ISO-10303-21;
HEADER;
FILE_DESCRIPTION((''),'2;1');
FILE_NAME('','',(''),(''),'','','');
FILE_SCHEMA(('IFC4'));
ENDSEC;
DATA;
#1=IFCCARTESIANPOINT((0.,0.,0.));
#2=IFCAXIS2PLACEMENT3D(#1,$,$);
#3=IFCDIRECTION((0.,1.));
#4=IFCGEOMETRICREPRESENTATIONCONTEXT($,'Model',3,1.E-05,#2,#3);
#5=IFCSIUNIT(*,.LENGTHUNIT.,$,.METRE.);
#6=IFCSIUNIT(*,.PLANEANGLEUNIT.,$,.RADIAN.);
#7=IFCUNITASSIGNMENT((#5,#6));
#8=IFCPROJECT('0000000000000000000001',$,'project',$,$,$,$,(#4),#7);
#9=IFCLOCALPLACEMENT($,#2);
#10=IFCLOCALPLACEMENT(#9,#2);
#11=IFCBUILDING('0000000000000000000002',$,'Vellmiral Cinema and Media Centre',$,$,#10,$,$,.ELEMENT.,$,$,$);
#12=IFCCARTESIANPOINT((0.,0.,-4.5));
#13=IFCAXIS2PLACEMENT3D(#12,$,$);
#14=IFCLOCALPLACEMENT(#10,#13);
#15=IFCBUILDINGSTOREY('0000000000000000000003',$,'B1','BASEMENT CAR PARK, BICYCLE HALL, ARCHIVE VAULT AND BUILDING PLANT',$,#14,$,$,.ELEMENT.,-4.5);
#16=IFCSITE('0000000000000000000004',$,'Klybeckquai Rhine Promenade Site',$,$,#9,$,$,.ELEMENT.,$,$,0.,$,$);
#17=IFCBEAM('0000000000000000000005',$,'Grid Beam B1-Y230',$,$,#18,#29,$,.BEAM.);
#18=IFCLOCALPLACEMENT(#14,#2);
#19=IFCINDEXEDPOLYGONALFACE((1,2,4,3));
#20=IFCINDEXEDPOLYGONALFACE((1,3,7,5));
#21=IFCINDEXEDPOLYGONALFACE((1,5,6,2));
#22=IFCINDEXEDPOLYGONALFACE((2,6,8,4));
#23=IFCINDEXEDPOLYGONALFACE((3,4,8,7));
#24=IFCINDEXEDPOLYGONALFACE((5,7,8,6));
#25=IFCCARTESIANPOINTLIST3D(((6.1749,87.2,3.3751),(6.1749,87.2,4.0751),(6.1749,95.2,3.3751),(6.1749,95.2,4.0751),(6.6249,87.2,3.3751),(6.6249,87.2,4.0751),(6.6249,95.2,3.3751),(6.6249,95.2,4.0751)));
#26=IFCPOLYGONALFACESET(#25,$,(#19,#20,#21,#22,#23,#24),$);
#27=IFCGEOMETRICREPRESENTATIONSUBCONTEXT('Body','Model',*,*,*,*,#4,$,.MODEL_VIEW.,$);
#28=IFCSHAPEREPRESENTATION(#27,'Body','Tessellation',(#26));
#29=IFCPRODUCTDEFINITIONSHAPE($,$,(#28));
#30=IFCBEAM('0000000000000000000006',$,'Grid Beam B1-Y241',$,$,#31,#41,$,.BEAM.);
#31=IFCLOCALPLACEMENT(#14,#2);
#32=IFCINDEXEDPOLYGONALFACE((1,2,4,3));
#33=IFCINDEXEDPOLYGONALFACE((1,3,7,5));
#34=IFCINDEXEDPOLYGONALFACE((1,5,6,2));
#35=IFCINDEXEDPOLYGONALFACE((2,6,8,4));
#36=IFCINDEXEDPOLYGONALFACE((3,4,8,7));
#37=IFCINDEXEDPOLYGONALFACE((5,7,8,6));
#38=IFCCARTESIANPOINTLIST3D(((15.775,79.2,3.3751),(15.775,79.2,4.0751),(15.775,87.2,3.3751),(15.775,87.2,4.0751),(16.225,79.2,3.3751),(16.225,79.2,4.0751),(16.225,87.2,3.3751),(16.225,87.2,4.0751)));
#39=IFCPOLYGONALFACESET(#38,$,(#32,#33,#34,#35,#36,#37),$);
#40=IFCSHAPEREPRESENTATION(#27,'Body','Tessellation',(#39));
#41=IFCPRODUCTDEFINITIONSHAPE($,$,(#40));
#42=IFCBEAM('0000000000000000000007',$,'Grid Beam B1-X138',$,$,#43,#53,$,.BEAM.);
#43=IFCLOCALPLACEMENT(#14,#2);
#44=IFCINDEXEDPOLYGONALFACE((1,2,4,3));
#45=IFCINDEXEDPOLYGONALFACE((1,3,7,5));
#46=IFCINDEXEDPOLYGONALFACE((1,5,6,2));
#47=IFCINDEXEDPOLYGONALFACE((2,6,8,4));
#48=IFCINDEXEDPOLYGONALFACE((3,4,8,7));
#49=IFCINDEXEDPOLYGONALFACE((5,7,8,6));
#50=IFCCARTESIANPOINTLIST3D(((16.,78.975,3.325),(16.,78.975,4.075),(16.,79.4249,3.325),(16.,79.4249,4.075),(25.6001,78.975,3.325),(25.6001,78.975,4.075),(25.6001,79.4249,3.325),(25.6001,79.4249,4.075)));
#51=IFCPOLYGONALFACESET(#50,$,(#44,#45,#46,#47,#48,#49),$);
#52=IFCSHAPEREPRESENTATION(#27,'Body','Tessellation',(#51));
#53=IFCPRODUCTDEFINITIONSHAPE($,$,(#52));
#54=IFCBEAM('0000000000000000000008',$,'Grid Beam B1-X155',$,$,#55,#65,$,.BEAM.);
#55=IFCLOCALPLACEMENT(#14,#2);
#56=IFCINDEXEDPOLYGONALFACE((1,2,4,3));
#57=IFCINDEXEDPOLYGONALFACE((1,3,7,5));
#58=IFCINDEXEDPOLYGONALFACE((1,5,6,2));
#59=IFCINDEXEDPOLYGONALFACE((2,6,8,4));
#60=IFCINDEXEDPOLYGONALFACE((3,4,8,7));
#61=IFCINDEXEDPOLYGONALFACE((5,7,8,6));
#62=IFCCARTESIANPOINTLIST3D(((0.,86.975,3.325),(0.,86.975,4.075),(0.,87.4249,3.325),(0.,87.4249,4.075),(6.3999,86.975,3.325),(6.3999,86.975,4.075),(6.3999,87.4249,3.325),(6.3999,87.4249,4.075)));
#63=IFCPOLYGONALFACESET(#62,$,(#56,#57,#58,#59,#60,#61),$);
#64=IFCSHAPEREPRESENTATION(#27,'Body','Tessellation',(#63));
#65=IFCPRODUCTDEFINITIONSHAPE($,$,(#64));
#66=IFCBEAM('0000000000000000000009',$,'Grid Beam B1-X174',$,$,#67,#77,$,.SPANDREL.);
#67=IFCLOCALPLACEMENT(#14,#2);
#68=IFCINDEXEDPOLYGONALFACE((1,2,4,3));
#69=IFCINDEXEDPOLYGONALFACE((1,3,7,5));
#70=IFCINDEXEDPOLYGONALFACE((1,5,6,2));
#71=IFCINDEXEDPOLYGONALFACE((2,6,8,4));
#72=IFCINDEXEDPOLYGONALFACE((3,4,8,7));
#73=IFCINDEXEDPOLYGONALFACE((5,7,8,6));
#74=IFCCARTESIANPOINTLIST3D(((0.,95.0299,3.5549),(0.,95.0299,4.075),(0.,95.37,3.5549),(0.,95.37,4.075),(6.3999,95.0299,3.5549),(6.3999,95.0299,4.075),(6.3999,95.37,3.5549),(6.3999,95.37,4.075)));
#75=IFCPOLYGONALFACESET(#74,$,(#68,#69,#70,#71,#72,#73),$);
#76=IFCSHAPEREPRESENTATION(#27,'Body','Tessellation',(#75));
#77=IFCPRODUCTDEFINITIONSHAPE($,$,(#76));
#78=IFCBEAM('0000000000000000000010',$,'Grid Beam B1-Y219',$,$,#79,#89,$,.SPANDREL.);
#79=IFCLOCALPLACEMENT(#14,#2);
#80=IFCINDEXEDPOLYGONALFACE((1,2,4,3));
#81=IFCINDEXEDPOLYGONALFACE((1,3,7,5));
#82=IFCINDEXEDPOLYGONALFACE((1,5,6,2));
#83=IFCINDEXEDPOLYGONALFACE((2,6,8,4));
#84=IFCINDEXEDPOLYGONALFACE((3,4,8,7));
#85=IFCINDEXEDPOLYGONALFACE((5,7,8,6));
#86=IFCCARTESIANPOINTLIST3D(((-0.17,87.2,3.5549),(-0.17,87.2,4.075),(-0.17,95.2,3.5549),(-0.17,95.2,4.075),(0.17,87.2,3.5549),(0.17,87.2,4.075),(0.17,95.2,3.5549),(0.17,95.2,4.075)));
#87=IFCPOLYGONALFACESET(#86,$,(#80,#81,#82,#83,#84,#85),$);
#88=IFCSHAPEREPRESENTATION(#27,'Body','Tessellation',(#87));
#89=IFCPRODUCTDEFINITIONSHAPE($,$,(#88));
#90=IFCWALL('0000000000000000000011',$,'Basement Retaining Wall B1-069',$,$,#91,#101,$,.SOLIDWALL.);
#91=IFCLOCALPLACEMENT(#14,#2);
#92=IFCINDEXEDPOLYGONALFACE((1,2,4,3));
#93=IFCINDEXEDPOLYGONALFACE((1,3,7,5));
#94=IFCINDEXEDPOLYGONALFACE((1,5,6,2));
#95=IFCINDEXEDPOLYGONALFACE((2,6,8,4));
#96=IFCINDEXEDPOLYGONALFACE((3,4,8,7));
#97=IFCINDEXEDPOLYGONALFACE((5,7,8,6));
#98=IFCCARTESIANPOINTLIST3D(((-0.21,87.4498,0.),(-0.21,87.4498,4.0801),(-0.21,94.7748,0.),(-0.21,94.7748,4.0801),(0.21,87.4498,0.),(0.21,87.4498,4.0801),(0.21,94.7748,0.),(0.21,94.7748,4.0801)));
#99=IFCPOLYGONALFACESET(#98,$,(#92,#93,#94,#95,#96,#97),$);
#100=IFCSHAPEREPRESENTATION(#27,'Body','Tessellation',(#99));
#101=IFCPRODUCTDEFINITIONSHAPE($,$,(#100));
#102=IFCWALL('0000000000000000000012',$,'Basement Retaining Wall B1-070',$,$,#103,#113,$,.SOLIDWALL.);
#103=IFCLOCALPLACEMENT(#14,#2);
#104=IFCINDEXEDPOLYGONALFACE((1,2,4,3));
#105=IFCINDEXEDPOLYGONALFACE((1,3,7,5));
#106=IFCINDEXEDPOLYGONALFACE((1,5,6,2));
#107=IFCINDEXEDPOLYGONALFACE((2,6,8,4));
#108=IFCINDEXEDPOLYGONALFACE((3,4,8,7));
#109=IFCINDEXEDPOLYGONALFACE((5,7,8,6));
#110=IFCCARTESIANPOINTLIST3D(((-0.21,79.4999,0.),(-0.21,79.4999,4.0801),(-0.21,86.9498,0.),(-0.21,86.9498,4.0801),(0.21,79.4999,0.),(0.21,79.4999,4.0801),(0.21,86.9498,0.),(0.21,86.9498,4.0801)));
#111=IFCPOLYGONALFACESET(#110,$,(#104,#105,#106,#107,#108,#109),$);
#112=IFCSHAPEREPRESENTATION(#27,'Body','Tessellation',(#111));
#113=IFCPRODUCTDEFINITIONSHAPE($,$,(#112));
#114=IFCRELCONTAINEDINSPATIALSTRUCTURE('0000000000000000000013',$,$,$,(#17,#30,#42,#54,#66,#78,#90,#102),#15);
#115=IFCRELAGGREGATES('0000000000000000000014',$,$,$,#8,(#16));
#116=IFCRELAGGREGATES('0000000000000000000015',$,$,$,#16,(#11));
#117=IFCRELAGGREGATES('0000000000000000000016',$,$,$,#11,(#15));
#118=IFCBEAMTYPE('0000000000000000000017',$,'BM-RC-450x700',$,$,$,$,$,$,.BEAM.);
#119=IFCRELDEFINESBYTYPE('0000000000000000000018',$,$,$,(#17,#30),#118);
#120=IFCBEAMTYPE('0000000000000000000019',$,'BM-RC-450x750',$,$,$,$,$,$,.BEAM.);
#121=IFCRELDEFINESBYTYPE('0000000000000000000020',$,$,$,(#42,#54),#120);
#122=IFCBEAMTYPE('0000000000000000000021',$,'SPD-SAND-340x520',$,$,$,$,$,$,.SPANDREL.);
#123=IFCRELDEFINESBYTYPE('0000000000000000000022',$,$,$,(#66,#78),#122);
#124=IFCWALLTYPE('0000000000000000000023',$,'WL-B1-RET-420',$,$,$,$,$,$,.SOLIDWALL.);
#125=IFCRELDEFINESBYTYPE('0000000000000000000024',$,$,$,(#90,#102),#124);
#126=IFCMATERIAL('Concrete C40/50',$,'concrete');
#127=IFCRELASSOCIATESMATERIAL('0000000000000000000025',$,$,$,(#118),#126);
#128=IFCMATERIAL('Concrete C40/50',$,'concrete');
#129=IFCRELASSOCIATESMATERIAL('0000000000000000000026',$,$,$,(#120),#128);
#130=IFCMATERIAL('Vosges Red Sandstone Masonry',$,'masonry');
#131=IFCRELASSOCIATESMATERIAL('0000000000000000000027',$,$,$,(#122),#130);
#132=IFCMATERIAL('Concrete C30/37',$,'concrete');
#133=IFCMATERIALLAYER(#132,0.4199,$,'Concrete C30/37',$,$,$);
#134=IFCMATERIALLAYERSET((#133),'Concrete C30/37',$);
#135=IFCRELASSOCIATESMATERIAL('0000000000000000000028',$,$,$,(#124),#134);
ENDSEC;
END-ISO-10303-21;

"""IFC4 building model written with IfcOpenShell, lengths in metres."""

from ifc_helpers import new_model, si_unit, direction, frame, frame_2d, origin, origin_2d, place, context, subcontext, project, spatial, rectangle, extrude, material, layer, layer_set, material_profile, profile_set, type_object, element, save


model = new_model("IFC4")

# Units and contexts
model_context = context("Model", 3, precision=1e-05, world=origin(), true_north=direction((0.0, 1.0)))
body_context = subcontext(model_context, "Body", "Model", "MODEL_VIEW")
ifc_project = project(units=[si_unit("LENGTHUNIT", "METRE"), si_unit("PLANEANGLEUNIT", "RADIAN")], contexts=[model_context])

# Site, building, storey
site_placement = place(None, origin())
site = spatial("IfcSite", under=ifc_project, at=site_placement, Name="Klybeckquai Rhine Promenade Site", CompositionType="ELEMENT", RefElevation=0.0)
building_placement = place(site_placement, origin())
building = spatial("IfcBuilding", under=site, at=building_placement, Name="Vellmiral Cinema and Media Centre", CompositionType="ELEMENT")
storey_placement = place(building_placement, frame((0.0, 0.0, -4.5)))
storey = spatial("IfcBuildingStorey", under=building, at=storey_placement, Name="B1", Description="BASEMENT CAR PARK, BICYCLE HALL, ARCHIVE VAULT AND BUILDING PLANT", CompositionType="ELEMENT", Elevation=-4.5)

# Beams
ifc_material_1 = material(Name="Concrete C40/50", Category="concrete")
ifc_material_profile_1 = material_profile(ifc_material_1, rectangle(XDim=0.45, YDim=0.7, at=origin_2d()), Name="RC 450x700")
ifc_profile_set_1 = profile_set([ifc_material_profile_1], Name="Concrete C40/50")
beam_type_1 = type_object("IfcBeamType", Name="BM-RC-450x700", PredefinedType="BEAM", material=ifc_profile_set_1)
for number, where, z_axis, x_axis, name in (
    (1, (6.3999, 87.2, 3.7251), (0.0, 1.0, 0.0), (-1.0, 0.0, 0.0), "Grid Beam B1-Y230"),
    (2, (16.0, 79.2, 3.7251), (0.0, 1.0, 0.0), (-1.0, 0.0, 0.0), "Grid Beam B1-Y241"),
):
    element("IfcBeam", number, at=place(storey_placement, frame(where, z_axis=z_axis, x_axis=x_axis)), inside=storey, type_object=beam_type_1, Name=name, PredefinedType="BEAM", context=body_context, shape_type="SweptSolid", body=[
        extrude(rectangle(XDim=0.45, YDim=0.7, at=origin_2d()), origin(), (0.0, 0.0, 1.0), 8.0),
    ])
ifc_material_2 = material(Name="Concrete C40/50", Category="concrete")
ifc_material_profile_2 = material_profile(ifc_material_2, rectangle(XDim=0.45, YDim=0.75, at=origin_2d()), Name="RC 450x750")
ifc_profile_set_2 = profile_set([ifc_material_profile_2], Name="Concrete C40/50")
beam_type_2 = type_object("IfcBeamType", Name="BM-RC-450x750", PredefinedType="BEAM", material=ifc_profile_set_2)
beam_1_placement = place(storey_placement, frame((16.0, 79.2, 3.7), z_axis=(1.0, 0.0, 0.0), x_axis=(0.0, 1.0, 0.0)))
element("IfcBeam", 3, at=beam_1_placement, inside=storey, type_object=beam_type_2, Name="Grid Beam B1-X138", PredefinedType="BEAM", context=body_context, shape_type="SweptSolid", body=[
    extrude(rectangle(XDim=0.45, YDim=0.75, at=origin_2d()), origin(), (0.0, 0.0, 1.0), 9.6001),
])
beam_2_placement = place(storey_placement, frame((0.0, 87.2, 3.7), z_axis=(1.0, 0.0, 0.0), x_axis=(0.0, 1.0, 0.0)))
element("IfcBeam", 4, at=beam_2_placement, inside=storey, type_object=beam_type_2, Name="Grid Beam B1-X155", PredefinedType="BEAM", context=body_context, shape_type="SweptSolid", body=[
    extrude(rectangle(XDim=0.45, YDim=0.75, at=origin_2d()), origin(), (0.0, 0.0, 1.0), 6.3999),
])
ifc_material_3 = material(Name="Vosges Red Sandstone Masonry", Category="masonry")
ifc_material_profile_3 = material_profile(ifc_material_3, rectangle(XDim=0.3401, YDim=0.52, at=origin_2d()), Name="SAND 340x520")
ifc_profile_set_3 = profile_set([ifc_material_profile_3], Name="Vosges Red Sandstone Masonry")
beam_type_3 = type_object("IfcBeamType", Name="SPD-SAND-340x520", PredefinedType="SPANDREL", material=ifc_profile_set_3)
beam_3_placement = place(storey_placement, frame((0.0, 95.2, 3.8149), z_axis=(1.0, 0.0, 0.0), x_axis=(0.0, 1.0, 0.0)))
element("IfcBeam", 5, at=beam_3_placement, inside=storey, type_object=beam_type_3, Name="Grid Beam B1-X174", PredefinedType="SPANDREL", context=body_context, shape_type="SweptSolid", body=[
    extrude(rectangle(XDim=0.3401, YDim=0.52, at=origin_2d()), origin(), (0.0, 0.0, 1.0), 6.3999),
])
beam_4_placement = place(storey_placement, frame((0.0, 87.2, 3.8149), z_axis=(0.0, 1.0, 0.0), x_axis=(-1.0, 0.0, 0.0)))
element("IfcBeam", 6, at=beam_4_placement, inside=storey, type_object=beam_type_3, Name="Grid Beam B1-Y219", PredefinedType="SPANDREL", context=body_context, shape_type="SweptSolid", body=[
    extrude(rectangle(XDim=0.3401, YDim=0.52, at=origin_2d()), origin(), (0.0, 0.0, 1.0), 8.0),
])

# Walls
ifc_material_4 = material(Name="Concrete C30/37", Category="concrete")
ifc_layer = layer(ifc_material_4, 0.4199, Name="Concrete C30/37")
ifc_layer_set = layer_set([ifc_layer], Name="Concrete C30/37")
wall_type = type_object("IfcWallType", Name="WL-B1-RET-420", PredefinedType="SOLIDWALL", material=ifc_layer_set)
wall_1_placement = place(storey_placement, frame((0.0, 94.7749, 0.0), z_axis=(0.0, 0.0, 1.0), x_axis=(0.0, -1.0, 0.0)))
element("IfcWall", 7, at=wall_1_placement, inside=storey, type_object=wall_type, Name="Basement Retaining Wall B1-069", PredefinedType="SOLIDWALL", context=body_context, shape_type="SweptSolid", body=[
    extrude(rectangle(XDim=7.325, YDim=0.4199, at=frame_2d((3.6626, 0.0))), origin(), (0.0, 0.0, 1.0), 4.0801),
])
wall_2_placement = place(storey_placement, frame((0.0, 86.95, 0.0), z_axis=(0.0, 0.0, 1.0), x_axis=(0.0, -1.0, 0.0)))
element("IfcWall", 8, at=wall_2_placement, inside=storey, type_object=wall_type, Name="Basement Retaining Wall B1-070", PredefinedType="SOLIDWALL", context=body_context, shape_type="SweptSolid", body=[
    extrude(rectangle(XDim=7.45, YDim=0.4199, at=frame_2d((3.7251, 0.0))), origin(), (0.0, 0.0, 1.0), 4.0801),
])

save(model, "model.ifc")
